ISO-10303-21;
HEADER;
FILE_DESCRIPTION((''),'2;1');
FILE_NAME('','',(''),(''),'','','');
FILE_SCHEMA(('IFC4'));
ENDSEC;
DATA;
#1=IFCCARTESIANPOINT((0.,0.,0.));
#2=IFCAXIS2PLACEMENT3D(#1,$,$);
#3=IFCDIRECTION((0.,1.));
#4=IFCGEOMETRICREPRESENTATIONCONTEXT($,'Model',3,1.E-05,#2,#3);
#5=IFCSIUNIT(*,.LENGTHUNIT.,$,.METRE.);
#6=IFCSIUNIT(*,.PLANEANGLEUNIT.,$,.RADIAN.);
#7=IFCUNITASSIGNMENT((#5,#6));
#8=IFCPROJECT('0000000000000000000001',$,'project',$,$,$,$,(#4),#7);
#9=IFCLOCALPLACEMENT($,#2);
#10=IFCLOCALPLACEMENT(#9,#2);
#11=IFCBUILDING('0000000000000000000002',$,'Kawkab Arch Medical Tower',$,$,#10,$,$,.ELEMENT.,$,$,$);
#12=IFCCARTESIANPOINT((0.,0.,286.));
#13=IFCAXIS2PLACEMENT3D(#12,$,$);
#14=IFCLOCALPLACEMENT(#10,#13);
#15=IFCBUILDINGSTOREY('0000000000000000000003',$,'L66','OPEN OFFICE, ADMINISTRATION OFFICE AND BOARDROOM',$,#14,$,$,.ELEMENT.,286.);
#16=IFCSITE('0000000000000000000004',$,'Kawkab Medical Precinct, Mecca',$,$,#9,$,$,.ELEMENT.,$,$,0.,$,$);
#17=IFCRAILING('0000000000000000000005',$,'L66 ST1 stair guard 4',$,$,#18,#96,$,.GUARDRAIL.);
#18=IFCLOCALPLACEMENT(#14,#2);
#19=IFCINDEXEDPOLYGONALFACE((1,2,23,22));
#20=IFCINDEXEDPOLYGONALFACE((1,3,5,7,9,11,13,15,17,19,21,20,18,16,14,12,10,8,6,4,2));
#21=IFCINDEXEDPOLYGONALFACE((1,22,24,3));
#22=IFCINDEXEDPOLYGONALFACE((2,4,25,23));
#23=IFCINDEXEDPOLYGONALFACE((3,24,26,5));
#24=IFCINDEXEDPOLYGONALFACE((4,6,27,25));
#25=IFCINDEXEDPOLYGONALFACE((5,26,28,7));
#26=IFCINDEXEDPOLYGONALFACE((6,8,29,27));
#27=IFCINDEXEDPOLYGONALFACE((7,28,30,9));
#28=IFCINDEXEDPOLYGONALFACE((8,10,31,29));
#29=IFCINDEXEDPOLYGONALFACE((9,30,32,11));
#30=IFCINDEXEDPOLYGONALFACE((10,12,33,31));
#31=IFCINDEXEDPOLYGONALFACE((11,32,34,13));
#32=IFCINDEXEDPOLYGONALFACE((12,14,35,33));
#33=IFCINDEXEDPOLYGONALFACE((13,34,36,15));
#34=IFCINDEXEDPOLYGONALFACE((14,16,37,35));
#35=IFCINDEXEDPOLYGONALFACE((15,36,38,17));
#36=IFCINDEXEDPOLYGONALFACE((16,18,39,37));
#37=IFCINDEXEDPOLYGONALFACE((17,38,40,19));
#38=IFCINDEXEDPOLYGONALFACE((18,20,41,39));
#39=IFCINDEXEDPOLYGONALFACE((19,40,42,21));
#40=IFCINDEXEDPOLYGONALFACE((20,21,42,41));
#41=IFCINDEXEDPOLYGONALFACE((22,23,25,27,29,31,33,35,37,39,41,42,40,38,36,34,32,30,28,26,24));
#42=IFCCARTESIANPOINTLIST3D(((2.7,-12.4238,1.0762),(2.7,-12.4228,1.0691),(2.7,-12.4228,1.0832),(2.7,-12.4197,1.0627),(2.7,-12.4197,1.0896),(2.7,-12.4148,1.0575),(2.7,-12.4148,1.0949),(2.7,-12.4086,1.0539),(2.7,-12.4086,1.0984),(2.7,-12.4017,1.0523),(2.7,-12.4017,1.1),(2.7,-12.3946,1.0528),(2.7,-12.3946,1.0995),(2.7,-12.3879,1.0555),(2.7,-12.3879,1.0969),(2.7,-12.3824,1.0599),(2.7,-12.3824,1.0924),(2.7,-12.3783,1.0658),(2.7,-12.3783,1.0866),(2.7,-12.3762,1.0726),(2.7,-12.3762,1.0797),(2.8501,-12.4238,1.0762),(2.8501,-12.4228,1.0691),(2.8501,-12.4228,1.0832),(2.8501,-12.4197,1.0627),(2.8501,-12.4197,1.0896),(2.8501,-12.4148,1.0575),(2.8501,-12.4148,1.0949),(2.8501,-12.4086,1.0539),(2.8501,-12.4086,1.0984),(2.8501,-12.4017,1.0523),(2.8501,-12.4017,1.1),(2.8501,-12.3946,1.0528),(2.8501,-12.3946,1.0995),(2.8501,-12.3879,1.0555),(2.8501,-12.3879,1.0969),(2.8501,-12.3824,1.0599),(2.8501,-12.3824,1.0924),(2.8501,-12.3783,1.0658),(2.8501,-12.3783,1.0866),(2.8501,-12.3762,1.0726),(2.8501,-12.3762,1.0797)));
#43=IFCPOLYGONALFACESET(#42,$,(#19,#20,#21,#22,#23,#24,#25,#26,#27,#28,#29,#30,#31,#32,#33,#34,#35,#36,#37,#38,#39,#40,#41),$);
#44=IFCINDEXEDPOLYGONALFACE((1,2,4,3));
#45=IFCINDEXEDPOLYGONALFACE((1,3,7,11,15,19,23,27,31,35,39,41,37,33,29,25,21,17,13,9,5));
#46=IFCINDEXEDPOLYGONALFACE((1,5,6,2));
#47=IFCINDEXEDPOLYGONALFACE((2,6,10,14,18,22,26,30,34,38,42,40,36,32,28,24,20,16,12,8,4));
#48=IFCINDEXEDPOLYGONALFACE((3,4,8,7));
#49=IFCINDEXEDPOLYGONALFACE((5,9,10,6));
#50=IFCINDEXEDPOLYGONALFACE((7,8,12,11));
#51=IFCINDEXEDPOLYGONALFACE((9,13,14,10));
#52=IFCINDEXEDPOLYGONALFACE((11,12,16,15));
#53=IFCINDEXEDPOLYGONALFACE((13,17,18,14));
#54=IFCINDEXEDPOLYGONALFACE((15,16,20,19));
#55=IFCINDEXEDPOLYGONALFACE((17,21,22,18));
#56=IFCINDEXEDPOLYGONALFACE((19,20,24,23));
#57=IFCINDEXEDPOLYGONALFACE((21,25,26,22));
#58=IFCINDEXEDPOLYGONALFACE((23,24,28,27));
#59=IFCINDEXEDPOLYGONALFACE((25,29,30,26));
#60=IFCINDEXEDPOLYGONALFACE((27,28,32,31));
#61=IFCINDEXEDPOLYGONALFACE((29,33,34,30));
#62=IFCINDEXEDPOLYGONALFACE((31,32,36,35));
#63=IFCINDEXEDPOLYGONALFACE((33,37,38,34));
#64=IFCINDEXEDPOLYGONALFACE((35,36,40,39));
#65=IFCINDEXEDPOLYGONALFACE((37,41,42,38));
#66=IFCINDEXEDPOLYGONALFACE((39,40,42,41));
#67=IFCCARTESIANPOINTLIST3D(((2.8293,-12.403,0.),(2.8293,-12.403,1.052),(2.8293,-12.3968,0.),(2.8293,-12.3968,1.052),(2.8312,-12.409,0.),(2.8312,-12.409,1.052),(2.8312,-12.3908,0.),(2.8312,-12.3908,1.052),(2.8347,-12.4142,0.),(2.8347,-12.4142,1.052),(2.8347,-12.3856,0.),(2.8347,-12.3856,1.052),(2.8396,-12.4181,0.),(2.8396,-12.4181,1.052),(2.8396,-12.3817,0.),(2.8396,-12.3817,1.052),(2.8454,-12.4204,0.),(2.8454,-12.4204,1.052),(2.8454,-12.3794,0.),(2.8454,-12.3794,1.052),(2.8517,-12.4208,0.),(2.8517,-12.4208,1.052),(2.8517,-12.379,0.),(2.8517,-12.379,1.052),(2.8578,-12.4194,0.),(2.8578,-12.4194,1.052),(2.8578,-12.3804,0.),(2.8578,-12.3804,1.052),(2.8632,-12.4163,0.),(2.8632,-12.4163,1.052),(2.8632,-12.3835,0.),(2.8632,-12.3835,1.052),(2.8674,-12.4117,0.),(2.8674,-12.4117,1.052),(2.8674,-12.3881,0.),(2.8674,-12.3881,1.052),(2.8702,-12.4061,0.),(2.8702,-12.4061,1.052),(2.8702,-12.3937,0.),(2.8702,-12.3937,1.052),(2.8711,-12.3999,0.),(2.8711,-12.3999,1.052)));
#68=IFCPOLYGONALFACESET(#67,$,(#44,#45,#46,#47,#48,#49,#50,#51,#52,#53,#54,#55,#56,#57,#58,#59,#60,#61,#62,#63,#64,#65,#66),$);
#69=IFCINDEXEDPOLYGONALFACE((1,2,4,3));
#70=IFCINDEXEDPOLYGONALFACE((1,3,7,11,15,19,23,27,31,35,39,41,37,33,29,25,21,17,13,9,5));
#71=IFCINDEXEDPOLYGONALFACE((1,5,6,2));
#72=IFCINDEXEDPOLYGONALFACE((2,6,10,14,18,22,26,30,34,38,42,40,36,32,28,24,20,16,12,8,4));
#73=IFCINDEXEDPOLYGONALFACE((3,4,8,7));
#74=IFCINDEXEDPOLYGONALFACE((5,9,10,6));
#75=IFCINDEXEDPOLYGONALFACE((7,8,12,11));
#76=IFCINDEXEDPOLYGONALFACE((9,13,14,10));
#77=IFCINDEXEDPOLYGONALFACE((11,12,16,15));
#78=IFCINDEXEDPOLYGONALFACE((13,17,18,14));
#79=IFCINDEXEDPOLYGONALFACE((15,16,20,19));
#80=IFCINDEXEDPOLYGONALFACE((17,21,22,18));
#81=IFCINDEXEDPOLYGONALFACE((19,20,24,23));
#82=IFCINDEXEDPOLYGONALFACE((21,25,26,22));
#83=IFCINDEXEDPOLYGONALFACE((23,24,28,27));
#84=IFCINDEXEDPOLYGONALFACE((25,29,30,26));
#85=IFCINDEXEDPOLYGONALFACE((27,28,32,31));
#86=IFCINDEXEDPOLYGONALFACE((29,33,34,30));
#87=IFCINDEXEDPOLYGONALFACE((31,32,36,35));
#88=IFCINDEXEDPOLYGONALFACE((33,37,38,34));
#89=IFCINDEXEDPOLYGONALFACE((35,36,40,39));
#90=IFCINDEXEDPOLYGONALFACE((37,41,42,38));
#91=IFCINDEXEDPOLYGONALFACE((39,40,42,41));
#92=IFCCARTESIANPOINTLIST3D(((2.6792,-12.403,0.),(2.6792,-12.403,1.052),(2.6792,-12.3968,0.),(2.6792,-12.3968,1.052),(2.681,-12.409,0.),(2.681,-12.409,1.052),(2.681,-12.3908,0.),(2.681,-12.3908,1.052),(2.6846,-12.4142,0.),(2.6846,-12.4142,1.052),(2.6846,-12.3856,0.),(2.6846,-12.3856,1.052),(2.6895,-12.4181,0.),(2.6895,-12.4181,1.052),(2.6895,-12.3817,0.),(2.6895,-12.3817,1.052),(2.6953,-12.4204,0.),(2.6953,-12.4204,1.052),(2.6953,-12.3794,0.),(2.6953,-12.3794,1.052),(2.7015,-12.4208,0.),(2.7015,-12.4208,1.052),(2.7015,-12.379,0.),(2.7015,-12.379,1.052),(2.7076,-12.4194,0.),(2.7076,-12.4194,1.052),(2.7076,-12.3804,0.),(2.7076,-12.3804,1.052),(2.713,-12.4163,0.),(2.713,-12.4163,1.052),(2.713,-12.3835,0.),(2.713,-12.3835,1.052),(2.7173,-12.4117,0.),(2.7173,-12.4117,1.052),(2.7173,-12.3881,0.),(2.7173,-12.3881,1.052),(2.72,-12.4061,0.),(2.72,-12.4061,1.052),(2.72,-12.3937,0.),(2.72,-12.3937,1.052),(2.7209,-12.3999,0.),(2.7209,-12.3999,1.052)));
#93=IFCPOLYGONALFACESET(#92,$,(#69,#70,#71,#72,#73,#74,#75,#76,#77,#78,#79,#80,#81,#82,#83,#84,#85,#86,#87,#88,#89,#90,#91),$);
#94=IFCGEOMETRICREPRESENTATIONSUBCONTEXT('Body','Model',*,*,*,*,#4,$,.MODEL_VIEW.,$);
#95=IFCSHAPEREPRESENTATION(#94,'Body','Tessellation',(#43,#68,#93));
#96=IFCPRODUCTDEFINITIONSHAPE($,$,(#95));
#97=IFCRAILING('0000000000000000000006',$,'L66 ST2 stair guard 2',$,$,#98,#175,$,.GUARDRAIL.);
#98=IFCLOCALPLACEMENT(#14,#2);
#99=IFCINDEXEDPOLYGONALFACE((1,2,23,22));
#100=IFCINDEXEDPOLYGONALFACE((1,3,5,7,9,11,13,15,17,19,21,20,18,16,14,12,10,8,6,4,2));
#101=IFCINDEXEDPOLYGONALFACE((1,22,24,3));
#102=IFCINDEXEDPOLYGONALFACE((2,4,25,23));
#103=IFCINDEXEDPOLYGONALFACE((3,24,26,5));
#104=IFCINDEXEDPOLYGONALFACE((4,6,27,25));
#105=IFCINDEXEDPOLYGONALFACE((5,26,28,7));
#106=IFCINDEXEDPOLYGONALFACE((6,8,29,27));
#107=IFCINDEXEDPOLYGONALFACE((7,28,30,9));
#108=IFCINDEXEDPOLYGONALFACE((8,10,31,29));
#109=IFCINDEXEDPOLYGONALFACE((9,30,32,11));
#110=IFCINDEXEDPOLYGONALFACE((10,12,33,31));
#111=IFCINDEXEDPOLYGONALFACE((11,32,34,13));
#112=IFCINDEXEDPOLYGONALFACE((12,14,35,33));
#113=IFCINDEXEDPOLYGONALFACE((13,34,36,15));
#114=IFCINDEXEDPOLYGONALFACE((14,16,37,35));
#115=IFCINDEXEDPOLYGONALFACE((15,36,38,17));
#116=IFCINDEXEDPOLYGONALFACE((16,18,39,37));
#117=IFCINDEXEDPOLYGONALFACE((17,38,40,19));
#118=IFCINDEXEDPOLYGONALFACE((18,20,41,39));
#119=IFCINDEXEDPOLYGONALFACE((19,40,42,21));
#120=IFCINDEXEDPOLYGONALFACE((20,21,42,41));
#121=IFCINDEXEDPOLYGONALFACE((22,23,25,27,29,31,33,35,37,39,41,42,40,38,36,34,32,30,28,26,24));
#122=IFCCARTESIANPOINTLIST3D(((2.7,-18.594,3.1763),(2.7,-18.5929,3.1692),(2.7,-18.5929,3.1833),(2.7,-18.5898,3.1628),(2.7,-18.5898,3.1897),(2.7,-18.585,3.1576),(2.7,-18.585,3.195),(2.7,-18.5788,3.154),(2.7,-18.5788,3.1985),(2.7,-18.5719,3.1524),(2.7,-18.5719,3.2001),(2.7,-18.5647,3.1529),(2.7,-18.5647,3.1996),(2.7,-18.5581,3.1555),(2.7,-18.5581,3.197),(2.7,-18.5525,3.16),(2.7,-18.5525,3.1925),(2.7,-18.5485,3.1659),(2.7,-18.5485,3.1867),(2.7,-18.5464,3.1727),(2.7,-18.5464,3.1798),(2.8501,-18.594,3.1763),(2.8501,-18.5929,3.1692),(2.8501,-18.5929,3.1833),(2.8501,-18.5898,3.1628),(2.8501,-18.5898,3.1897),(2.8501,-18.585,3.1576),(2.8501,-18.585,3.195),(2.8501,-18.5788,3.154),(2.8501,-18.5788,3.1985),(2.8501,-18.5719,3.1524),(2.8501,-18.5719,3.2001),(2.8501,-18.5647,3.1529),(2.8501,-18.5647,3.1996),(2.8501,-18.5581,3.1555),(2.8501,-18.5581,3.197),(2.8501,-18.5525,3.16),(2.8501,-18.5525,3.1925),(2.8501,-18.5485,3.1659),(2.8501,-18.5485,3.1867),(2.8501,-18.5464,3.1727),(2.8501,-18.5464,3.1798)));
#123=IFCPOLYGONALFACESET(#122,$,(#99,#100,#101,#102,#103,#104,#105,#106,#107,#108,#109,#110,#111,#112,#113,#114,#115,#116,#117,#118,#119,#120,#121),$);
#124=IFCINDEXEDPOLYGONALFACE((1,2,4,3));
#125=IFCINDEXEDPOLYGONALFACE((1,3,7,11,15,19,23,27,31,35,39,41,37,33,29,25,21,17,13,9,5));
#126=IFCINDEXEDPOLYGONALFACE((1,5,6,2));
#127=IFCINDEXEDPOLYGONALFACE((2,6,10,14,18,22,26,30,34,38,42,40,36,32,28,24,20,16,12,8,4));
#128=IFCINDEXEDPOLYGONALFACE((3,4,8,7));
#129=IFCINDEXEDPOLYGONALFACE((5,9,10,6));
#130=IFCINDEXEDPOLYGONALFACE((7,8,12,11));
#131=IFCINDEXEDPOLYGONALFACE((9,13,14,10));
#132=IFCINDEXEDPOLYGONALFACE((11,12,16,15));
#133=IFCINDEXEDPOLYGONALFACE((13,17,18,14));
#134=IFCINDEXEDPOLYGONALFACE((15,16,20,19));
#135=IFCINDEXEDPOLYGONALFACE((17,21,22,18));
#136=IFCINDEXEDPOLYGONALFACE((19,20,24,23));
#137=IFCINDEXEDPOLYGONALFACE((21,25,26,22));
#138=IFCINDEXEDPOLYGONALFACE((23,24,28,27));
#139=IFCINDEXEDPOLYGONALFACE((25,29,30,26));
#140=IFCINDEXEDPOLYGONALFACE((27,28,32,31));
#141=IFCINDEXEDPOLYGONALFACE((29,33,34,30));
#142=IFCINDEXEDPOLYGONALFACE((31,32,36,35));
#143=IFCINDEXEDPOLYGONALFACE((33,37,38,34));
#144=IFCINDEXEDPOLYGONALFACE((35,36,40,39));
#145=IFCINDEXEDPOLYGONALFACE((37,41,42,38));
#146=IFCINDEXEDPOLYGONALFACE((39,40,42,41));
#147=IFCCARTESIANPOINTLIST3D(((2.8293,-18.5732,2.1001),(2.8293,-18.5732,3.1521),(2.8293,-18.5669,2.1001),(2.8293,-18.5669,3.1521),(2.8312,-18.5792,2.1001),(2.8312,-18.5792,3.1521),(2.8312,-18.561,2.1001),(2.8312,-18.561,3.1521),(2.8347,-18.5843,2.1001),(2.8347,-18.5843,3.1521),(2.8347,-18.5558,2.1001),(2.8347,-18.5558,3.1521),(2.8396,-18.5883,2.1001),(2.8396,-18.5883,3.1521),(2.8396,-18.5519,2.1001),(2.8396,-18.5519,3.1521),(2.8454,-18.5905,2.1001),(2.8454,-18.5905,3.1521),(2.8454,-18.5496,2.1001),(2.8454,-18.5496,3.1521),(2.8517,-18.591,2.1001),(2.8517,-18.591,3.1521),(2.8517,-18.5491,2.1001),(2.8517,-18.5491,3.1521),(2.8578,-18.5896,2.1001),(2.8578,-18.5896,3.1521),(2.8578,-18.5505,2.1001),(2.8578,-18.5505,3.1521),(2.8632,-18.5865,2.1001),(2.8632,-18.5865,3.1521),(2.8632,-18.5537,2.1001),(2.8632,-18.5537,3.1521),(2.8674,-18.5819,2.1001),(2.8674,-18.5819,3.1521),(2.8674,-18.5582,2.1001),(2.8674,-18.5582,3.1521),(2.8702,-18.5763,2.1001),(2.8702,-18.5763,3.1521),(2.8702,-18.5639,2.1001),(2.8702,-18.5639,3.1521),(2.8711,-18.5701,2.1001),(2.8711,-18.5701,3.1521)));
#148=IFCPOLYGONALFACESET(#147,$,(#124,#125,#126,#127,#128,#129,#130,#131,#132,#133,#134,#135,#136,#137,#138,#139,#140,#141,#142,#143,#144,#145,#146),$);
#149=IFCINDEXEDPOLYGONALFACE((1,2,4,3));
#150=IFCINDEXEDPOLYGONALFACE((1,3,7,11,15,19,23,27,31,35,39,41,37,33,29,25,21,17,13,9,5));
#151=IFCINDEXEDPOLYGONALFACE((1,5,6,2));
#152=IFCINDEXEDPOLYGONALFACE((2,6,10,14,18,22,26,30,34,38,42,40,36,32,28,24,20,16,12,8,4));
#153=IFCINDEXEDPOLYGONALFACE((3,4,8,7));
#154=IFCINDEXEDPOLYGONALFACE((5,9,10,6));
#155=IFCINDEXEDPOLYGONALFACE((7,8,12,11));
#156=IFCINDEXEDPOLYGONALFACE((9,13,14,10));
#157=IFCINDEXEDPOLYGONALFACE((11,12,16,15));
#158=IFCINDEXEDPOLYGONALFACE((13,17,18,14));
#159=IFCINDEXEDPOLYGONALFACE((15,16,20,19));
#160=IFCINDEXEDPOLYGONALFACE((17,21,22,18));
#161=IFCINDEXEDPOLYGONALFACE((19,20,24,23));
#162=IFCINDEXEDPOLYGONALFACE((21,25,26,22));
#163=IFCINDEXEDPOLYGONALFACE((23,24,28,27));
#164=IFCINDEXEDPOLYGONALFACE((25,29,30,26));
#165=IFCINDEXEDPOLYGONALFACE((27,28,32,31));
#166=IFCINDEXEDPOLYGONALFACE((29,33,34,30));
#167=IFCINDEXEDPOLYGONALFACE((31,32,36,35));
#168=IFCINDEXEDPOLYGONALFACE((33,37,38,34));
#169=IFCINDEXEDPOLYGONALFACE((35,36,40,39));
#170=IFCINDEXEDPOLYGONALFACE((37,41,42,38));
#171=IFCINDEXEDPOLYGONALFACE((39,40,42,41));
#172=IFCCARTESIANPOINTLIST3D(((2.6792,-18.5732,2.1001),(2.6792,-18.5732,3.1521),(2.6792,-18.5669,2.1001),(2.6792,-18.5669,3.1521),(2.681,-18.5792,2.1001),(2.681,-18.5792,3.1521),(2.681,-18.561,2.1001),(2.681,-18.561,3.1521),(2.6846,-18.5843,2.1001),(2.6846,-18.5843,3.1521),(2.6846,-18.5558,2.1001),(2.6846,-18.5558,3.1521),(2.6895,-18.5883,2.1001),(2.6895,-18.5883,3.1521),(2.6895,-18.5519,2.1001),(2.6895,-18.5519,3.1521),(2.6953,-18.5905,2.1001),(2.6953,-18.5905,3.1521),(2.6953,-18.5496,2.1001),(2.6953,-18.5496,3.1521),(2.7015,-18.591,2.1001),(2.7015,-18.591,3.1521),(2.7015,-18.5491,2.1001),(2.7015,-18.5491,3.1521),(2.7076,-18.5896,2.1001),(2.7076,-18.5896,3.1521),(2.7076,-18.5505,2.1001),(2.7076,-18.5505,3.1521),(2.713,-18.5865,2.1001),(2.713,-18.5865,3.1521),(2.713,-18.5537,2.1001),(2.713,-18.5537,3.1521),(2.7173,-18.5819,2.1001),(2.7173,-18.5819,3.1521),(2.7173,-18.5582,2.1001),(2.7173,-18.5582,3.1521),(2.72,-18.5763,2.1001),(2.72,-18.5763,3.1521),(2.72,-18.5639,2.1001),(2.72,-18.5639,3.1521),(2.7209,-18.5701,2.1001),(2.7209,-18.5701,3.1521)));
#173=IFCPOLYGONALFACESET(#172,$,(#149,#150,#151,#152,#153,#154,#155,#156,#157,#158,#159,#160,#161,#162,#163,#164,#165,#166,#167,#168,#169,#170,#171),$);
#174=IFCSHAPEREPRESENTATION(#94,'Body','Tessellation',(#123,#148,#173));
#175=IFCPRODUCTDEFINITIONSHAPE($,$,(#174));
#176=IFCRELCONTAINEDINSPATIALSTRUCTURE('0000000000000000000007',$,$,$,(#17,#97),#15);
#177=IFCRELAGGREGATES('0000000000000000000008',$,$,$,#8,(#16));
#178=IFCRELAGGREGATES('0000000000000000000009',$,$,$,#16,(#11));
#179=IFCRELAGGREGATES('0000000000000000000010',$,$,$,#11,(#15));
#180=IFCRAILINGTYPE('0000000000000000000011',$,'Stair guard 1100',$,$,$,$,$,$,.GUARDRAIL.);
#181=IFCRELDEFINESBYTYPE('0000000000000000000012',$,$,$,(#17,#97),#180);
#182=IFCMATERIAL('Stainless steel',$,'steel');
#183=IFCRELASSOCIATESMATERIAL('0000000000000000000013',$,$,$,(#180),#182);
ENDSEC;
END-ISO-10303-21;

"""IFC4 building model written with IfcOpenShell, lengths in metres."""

from ifc_helpers import new_model, si_unit, direction, frame, origin, origin_2d, place, context, subcontext, project, spatial, circle, extrude, material, type_object, element, save


model = new_model("IFC4")

# Units and contexts
model_context = context("Model", 3, precision=1e-05, world=origin(), true_north=direction((0.0, 1.0)))
body_context = subcontext(model_context, "Body", "Model", "MODEL_VIEW")
ifc_project = project(units=[si_unit("LENGTHUNIT", "METRE"), si_unit("PLANEANGLEUNIT", "RADIAN")], contexts=[model_context])

# Site, building, storey
site_placement = place(None, origin())
site = spatial("IfcSite", under=ifc_project, at=site_placement, Name="Kawkab Medical Precinct, Mecca", CompositionType="ELEMENT", RefElevation=0.0)
building_placement = place(site_placement, origin())
building = spatial("IfcBuilding", under=site, at=building_placement, Name="Kawkab Arch Medical Tower", CompositionType="ELEMENT")
storey_placement = place(building_placement, frame((0.0, 0.0, 286.0)))
storey = spatial("IfcBuildingStorey", under=building, at=storey_placement, Name="L66", Description="OPEN OFFICE, ADMINISTRATION OFFICE AND BOARDROOM", CompositionType="ELEMENT", Elevation=286.0)

# Railings
ifc_material_1 = material(Name="Stainless steel", Category="steel")
railing_type = type_object("IfcRailingType", Name="Stair guard 1100", PredefinedType="GUARDRAIL", material=ifc_material_1)
for number, where, name in (
    (1, (2.8501, -12.3999, 0.0), "L66 ST1 stair guard 4"),
    (2, (2.8501, -18.5701, 2.1001), "L66 ST2 stair guard 2"),
):
    element("IfcRailing", number, at=place(storey_placement, frame(where)), inside=storey, type_object=railing_type, Name=name, PredefinedType="GUARDRAIL", context=body_context, shape_type="SweptSolid", body=[
        extrude(circle(Radius=0.0239, at=origin_2d()), frame((0.0, 0.0, 1.0762), z_axis=(-1.0, 0.0, 0.0), x_axis=(0.0, -1.0, 0.0)), (0.0, 0.0, 1.0), 0.1501),
        extrude(circle(Radius=0.021, at=origin_2d()), origin(), (0.0, 0.0, 1.0), 1.052),
        extrude(circle(Radius=0.021, at=origin_2d()), frame((-0.1501, 0.0, 0.0)), (0.0, 0.0, 1.0), 1.052),
    ])

save(model, "model.ifc")
